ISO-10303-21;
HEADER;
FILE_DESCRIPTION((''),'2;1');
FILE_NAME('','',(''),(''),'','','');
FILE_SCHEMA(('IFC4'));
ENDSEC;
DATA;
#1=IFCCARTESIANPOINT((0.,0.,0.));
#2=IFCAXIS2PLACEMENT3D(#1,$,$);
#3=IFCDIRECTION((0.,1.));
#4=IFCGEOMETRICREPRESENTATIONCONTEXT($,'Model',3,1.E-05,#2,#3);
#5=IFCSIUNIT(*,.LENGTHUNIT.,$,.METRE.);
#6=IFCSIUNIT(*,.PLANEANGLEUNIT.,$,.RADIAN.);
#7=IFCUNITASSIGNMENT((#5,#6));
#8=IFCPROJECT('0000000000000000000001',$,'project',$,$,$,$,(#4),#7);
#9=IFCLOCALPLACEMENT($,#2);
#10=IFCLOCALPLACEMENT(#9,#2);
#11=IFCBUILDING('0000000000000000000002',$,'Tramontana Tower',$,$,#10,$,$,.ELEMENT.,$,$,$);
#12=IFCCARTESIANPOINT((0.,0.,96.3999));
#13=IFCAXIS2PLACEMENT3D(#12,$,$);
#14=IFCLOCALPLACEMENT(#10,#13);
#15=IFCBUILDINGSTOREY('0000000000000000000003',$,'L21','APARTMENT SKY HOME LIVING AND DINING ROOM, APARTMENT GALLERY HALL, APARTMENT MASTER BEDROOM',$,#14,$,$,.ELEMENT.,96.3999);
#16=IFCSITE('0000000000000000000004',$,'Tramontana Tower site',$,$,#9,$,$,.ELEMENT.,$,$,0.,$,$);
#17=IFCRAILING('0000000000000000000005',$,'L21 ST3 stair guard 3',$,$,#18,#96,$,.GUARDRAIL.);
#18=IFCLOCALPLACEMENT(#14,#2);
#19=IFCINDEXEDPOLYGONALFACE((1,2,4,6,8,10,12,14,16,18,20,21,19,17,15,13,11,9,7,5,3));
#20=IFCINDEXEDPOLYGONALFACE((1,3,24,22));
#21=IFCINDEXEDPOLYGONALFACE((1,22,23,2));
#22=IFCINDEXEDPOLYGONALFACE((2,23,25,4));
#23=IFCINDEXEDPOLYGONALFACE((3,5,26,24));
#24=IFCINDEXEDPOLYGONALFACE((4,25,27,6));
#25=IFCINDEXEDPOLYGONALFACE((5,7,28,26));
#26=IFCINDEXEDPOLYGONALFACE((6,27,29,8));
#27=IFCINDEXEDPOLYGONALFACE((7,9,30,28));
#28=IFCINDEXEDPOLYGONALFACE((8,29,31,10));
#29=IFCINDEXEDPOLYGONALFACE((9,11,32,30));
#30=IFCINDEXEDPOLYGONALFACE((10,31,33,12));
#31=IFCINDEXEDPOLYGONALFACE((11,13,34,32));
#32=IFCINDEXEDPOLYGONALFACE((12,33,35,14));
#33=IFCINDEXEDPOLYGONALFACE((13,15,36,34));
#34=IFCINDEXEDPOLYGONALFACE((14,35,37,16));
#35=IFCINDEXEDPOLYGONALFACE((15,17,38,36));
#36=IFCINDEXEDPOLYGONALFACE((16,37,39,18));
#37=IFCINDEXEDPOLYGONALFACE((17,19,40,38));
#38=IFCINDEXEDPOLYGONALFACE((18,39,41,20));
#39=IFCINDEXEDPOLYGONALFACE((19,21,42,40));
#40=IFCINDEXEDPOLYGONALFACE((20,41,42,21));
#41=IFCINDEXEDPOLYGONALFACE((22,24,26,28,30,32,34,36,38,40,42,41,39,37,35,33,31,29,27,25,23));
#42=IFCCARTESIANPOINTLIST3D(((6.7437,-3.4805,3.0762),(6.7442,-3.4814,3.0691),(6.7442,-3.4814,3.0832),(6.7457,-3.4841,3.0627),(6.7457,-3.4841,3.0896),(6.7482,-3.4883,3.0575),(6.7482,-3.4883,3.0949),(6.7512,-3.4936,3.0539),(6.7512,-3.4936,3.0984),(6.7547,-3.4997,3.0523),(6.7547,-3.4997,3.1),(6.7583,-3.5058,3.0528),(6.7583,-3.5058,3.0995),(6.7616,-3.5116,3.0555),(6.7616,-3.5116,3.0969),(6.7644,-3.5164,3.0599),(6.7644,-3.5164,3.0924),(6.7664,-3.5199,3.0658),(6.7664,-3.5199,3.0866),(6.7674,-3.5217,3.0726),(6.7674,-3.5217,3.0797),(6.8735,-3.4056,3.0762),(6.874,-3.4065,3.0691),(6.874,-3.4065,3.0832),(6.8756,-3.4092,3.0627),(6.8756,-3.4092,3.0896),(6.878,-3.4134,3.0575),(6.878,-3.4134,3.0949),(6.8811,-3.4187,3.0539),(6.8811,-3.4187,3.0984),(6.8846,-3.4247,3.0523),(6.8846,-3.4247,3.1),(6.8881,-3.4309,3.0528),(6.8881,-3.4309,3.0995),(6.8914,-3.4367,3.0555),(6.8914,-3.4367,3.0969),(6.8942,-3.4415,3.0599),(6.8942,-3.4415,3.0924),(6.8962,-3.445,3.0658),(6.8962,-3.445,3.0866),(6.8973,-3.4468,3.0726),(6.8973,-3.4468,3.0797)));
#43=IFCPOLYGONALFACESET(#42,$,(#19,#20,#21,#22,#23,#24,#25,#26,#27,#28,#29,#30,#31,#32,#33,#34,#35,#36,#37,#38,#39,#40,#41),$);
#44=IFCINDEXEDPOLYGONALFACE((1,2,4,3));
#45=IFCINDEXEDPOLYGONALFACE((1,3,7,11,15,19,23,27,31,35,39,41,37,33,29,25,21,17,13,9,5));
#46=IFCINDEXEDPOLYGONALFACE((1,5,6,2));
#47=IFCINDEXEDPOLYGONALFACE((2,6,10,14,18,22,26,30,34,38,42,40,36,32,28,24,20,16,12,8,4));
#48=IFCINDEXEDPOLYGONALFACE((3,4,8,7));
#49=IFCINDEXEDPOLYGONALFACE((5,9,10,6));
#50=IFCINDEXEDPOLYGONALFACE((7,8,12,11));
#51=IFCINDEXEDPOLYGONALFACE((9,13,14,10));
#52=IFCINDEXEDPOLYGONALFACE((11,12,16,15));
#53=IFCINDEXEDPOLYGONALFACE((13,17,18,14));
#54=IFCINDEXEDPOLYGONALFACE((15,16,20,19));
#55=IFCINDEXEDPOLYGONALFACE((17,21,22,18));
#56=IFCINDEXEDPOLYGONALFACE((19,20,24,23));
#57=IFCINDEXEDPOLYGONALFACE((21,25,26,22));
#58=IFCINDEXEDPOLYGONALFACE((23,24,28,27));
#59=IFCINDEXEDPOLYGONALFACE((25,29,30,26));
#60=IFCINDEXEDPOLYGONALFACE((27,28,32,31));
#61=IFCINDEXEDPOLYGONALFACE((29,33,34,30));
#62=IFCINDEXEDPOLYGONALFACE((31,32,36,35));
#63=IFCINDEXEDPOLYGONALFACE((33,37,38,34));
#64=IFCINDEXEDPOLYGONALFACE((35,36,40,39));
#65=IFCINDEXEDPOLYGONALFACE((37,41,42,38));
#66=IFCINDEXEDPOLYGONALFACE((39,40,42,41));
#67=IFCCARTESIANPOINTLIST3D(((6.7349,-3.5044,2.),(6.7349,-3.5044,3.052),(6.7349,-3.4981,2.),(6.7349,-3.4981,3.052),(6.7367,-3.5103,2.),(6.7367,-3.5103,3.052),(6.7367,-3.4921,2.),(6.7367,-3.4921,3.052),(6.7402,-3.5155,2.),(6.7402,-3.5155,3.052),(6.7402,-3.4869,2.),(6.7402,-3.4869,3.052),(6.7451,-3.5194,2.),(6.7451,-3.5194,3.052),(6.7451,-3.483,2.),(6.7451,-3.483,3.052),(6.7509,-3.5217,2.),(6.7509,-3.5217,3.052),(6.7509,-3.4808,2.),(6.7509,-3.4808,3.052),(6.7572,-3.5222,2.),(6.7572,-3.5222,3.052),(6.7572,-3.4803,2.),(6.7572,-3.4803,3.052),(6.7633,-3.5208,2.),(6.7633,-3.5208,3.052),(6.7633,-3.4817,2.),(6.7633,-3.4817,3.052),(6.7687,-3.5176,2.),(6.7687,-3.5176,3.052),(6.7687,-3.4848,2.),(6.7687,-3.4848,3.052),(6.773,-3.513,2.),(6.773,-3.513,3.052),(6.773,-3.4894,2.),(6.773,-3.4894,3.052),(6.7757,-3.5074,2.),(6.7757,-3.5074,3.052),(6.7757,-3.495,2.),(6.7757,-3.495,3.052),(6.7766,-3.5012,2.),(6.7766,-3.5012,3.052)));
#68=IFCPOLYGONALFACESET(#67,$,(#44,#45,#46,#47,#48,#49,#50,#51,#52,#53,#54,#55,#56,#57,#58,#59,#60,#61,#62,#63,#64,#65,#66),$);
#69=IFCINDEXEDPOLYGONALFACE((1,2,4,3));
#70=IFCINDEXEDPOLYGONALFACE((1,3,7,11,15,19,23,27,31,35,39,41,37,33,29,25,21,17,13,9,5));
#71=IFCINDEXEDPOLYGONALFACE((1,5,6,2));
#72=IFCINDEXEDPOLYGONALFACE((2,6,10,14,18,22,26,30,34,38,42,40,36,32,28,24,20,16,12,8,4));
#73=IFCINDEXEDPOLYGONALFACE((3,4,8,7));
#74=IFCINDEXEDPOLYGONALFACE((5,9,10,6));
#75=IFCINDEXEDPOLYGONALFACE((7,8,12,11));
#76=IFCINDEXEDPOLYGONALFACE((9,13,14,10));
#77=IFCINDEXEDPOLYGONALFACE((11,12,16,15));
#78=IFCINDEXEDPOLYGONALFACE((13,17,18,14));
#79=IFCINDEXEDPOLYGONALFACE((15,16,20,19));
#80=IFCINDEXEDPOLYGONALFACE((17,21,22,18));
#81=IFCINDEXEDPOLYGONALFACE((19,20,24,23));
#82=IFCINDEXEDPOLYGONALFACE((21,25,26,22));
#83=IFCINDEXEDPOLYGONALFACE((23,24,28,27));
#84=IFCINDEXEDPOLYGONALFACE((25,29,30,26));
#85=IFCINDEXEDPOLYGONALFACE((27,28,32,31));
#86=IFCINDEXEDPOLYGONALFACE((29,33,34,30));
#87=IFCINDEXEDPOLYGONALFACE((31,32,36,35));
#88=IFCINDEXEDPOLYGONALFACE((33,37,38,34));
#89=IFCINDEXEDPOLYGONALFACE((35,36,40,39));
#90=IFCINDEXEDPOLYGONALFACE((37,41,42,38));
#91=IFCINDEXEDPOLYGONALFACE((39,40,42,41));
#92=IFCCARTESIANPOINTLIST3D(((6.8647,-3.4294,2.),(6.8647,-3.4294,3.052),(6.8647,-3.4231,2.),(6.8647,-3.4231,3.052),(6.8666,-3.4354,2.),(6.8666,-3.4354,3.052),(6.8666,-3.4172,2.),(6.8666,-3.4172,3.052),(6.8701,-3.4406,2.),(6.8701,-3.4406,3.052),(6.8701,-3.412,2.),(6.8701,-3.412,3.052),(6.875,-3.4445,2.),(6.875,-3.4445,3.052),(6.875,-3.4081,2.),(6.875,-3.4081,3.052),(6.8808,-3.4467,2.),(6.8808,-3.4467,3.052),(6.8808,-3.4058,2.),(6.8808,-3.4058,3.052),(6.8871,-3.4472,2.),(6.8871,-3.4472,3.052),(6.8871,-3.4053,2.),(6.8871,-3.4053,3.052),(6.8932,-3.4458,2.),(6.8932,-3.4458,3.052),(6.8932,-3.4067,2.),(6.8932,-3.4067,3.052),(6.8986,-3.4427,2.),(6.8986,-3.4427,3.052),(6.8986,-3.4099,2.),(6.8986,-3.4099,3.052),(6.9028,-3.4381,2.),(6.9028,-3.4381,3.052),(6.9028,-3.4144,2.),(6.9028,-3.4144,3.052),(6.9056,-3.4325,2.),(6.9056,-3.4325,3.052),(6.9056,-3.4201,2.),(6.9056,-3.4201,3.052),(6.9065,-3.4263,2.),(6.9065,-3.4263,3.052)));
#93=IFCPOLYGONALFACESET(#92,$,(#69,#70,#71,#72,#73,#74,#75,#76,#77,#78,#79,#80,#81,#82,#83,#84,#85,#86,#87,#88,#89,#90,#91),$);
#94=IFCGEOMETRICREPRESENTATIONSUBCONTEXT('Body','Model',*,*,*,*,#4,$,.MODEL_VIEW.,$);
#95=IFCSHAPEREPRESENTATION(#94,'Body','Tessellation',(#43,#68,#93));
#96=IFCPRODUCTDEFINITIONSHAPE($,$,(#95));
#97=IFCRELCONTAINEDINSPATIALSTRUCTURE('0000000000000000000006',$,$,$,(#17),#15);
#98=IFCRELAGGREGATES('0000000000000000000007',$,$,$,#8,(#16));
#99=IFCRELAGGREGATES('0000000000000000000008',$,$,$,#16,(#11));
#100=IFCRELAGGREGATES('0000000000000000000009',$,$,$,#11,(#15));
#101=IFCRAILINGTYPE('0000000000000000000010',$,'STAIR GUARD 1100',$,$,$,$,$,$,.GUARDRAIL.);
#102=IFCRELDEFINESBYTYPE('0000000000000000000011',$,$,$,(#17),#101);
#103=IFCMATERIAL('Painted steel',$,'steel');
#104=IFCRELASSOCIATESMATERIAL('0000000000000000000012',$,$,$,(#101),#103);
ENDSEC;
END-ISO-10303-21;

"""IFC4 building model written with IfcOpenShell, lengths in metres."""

from ifc_helpers import new_model, si_unit, direction, frame, origin, origin_2d, place, context, subcontext, project, spatial, circle, extrude, material, type_object, element, save


model = new_model("IFC4")

# Units and contexts
model_context = context("Model", 3, precision=1e-05, world=origin(), true_north=direction((0.0, 1.0)))
body_context = subcontext(model_context, "Body", "Model", "MODEL_VIEW")
ifc_project = project(units=[si_unit("LENGTHUNIT", "METRE"), si_unit("PLANEANGLEUNIT", "RADIAN")], contexts=[model_context])

# Site, building, storey
site_placement = place(None, origin())
site = spatial("IfcSite", under=ifc_project, at=site_placement, Name="Tramontana Tower site", CompositionType="ELEMENT", RefElevation=0.0)
building_placement = place(site_placement, origin())
building = spatial("IfcBuilding", under=site, at=building_placement, Name="Tramontana Tower", CompositionType="ELEMENT")
storey_placement = place(building_placement, frame((0.0, 0.0, 96.3999)))
storey = spatial("IfcBuildingStorey", under=building, at=storey_placement, Name="L21", Description="APARTMENT SKY HOME LIVING AND DINING ROOM, APARTMENT GALLERY HALL, APARTMENT MASTER BEDROOM", CompositionType="ELEMENT", Elevation=96.3999)

# Railing
ifc_material_1 = material(Name="Painted steel", Category="steel")
railing_type_1 = type_object("IfcRailingType", Name="STAIR GUARD 1100", PredefinedType="GUARDRAIL", material=ifc_material_1)
railing_1_placement = place(storey_placement, frame((6.7556, -3.5012, 2.0)))
element("IfcRailing", 1, at=railing_1_placement, inside=storey, type_object=railing_type_1, Name="L21 ST3 stair guard 3", PredefinedType="GUARDRAIL", context=body_context, shape_type="SweptSolid", body=[
    extrude(circle(Radius=0.0239, at=origin_2d()), frame((0.0, 0.0, 1.0762), z_axis=(0.866131, 0.499816, 0.0), x_axis=(-0.499816, 0.866131, 0.0)), (0.0, 0.0, 1.0), 0.1499),
    extrude(circle(Radius=0.021, at=origin_2d()), origin(), (0.0, 0.0, 1.0), 1.052),
    extrude(circle(Radius=0.021, at=origin_2d()), frame((0.1299, 0.075, 0.0)), (0.0, 0.0, 1.0), 1.052),
])

save(model, "model.ifc")
